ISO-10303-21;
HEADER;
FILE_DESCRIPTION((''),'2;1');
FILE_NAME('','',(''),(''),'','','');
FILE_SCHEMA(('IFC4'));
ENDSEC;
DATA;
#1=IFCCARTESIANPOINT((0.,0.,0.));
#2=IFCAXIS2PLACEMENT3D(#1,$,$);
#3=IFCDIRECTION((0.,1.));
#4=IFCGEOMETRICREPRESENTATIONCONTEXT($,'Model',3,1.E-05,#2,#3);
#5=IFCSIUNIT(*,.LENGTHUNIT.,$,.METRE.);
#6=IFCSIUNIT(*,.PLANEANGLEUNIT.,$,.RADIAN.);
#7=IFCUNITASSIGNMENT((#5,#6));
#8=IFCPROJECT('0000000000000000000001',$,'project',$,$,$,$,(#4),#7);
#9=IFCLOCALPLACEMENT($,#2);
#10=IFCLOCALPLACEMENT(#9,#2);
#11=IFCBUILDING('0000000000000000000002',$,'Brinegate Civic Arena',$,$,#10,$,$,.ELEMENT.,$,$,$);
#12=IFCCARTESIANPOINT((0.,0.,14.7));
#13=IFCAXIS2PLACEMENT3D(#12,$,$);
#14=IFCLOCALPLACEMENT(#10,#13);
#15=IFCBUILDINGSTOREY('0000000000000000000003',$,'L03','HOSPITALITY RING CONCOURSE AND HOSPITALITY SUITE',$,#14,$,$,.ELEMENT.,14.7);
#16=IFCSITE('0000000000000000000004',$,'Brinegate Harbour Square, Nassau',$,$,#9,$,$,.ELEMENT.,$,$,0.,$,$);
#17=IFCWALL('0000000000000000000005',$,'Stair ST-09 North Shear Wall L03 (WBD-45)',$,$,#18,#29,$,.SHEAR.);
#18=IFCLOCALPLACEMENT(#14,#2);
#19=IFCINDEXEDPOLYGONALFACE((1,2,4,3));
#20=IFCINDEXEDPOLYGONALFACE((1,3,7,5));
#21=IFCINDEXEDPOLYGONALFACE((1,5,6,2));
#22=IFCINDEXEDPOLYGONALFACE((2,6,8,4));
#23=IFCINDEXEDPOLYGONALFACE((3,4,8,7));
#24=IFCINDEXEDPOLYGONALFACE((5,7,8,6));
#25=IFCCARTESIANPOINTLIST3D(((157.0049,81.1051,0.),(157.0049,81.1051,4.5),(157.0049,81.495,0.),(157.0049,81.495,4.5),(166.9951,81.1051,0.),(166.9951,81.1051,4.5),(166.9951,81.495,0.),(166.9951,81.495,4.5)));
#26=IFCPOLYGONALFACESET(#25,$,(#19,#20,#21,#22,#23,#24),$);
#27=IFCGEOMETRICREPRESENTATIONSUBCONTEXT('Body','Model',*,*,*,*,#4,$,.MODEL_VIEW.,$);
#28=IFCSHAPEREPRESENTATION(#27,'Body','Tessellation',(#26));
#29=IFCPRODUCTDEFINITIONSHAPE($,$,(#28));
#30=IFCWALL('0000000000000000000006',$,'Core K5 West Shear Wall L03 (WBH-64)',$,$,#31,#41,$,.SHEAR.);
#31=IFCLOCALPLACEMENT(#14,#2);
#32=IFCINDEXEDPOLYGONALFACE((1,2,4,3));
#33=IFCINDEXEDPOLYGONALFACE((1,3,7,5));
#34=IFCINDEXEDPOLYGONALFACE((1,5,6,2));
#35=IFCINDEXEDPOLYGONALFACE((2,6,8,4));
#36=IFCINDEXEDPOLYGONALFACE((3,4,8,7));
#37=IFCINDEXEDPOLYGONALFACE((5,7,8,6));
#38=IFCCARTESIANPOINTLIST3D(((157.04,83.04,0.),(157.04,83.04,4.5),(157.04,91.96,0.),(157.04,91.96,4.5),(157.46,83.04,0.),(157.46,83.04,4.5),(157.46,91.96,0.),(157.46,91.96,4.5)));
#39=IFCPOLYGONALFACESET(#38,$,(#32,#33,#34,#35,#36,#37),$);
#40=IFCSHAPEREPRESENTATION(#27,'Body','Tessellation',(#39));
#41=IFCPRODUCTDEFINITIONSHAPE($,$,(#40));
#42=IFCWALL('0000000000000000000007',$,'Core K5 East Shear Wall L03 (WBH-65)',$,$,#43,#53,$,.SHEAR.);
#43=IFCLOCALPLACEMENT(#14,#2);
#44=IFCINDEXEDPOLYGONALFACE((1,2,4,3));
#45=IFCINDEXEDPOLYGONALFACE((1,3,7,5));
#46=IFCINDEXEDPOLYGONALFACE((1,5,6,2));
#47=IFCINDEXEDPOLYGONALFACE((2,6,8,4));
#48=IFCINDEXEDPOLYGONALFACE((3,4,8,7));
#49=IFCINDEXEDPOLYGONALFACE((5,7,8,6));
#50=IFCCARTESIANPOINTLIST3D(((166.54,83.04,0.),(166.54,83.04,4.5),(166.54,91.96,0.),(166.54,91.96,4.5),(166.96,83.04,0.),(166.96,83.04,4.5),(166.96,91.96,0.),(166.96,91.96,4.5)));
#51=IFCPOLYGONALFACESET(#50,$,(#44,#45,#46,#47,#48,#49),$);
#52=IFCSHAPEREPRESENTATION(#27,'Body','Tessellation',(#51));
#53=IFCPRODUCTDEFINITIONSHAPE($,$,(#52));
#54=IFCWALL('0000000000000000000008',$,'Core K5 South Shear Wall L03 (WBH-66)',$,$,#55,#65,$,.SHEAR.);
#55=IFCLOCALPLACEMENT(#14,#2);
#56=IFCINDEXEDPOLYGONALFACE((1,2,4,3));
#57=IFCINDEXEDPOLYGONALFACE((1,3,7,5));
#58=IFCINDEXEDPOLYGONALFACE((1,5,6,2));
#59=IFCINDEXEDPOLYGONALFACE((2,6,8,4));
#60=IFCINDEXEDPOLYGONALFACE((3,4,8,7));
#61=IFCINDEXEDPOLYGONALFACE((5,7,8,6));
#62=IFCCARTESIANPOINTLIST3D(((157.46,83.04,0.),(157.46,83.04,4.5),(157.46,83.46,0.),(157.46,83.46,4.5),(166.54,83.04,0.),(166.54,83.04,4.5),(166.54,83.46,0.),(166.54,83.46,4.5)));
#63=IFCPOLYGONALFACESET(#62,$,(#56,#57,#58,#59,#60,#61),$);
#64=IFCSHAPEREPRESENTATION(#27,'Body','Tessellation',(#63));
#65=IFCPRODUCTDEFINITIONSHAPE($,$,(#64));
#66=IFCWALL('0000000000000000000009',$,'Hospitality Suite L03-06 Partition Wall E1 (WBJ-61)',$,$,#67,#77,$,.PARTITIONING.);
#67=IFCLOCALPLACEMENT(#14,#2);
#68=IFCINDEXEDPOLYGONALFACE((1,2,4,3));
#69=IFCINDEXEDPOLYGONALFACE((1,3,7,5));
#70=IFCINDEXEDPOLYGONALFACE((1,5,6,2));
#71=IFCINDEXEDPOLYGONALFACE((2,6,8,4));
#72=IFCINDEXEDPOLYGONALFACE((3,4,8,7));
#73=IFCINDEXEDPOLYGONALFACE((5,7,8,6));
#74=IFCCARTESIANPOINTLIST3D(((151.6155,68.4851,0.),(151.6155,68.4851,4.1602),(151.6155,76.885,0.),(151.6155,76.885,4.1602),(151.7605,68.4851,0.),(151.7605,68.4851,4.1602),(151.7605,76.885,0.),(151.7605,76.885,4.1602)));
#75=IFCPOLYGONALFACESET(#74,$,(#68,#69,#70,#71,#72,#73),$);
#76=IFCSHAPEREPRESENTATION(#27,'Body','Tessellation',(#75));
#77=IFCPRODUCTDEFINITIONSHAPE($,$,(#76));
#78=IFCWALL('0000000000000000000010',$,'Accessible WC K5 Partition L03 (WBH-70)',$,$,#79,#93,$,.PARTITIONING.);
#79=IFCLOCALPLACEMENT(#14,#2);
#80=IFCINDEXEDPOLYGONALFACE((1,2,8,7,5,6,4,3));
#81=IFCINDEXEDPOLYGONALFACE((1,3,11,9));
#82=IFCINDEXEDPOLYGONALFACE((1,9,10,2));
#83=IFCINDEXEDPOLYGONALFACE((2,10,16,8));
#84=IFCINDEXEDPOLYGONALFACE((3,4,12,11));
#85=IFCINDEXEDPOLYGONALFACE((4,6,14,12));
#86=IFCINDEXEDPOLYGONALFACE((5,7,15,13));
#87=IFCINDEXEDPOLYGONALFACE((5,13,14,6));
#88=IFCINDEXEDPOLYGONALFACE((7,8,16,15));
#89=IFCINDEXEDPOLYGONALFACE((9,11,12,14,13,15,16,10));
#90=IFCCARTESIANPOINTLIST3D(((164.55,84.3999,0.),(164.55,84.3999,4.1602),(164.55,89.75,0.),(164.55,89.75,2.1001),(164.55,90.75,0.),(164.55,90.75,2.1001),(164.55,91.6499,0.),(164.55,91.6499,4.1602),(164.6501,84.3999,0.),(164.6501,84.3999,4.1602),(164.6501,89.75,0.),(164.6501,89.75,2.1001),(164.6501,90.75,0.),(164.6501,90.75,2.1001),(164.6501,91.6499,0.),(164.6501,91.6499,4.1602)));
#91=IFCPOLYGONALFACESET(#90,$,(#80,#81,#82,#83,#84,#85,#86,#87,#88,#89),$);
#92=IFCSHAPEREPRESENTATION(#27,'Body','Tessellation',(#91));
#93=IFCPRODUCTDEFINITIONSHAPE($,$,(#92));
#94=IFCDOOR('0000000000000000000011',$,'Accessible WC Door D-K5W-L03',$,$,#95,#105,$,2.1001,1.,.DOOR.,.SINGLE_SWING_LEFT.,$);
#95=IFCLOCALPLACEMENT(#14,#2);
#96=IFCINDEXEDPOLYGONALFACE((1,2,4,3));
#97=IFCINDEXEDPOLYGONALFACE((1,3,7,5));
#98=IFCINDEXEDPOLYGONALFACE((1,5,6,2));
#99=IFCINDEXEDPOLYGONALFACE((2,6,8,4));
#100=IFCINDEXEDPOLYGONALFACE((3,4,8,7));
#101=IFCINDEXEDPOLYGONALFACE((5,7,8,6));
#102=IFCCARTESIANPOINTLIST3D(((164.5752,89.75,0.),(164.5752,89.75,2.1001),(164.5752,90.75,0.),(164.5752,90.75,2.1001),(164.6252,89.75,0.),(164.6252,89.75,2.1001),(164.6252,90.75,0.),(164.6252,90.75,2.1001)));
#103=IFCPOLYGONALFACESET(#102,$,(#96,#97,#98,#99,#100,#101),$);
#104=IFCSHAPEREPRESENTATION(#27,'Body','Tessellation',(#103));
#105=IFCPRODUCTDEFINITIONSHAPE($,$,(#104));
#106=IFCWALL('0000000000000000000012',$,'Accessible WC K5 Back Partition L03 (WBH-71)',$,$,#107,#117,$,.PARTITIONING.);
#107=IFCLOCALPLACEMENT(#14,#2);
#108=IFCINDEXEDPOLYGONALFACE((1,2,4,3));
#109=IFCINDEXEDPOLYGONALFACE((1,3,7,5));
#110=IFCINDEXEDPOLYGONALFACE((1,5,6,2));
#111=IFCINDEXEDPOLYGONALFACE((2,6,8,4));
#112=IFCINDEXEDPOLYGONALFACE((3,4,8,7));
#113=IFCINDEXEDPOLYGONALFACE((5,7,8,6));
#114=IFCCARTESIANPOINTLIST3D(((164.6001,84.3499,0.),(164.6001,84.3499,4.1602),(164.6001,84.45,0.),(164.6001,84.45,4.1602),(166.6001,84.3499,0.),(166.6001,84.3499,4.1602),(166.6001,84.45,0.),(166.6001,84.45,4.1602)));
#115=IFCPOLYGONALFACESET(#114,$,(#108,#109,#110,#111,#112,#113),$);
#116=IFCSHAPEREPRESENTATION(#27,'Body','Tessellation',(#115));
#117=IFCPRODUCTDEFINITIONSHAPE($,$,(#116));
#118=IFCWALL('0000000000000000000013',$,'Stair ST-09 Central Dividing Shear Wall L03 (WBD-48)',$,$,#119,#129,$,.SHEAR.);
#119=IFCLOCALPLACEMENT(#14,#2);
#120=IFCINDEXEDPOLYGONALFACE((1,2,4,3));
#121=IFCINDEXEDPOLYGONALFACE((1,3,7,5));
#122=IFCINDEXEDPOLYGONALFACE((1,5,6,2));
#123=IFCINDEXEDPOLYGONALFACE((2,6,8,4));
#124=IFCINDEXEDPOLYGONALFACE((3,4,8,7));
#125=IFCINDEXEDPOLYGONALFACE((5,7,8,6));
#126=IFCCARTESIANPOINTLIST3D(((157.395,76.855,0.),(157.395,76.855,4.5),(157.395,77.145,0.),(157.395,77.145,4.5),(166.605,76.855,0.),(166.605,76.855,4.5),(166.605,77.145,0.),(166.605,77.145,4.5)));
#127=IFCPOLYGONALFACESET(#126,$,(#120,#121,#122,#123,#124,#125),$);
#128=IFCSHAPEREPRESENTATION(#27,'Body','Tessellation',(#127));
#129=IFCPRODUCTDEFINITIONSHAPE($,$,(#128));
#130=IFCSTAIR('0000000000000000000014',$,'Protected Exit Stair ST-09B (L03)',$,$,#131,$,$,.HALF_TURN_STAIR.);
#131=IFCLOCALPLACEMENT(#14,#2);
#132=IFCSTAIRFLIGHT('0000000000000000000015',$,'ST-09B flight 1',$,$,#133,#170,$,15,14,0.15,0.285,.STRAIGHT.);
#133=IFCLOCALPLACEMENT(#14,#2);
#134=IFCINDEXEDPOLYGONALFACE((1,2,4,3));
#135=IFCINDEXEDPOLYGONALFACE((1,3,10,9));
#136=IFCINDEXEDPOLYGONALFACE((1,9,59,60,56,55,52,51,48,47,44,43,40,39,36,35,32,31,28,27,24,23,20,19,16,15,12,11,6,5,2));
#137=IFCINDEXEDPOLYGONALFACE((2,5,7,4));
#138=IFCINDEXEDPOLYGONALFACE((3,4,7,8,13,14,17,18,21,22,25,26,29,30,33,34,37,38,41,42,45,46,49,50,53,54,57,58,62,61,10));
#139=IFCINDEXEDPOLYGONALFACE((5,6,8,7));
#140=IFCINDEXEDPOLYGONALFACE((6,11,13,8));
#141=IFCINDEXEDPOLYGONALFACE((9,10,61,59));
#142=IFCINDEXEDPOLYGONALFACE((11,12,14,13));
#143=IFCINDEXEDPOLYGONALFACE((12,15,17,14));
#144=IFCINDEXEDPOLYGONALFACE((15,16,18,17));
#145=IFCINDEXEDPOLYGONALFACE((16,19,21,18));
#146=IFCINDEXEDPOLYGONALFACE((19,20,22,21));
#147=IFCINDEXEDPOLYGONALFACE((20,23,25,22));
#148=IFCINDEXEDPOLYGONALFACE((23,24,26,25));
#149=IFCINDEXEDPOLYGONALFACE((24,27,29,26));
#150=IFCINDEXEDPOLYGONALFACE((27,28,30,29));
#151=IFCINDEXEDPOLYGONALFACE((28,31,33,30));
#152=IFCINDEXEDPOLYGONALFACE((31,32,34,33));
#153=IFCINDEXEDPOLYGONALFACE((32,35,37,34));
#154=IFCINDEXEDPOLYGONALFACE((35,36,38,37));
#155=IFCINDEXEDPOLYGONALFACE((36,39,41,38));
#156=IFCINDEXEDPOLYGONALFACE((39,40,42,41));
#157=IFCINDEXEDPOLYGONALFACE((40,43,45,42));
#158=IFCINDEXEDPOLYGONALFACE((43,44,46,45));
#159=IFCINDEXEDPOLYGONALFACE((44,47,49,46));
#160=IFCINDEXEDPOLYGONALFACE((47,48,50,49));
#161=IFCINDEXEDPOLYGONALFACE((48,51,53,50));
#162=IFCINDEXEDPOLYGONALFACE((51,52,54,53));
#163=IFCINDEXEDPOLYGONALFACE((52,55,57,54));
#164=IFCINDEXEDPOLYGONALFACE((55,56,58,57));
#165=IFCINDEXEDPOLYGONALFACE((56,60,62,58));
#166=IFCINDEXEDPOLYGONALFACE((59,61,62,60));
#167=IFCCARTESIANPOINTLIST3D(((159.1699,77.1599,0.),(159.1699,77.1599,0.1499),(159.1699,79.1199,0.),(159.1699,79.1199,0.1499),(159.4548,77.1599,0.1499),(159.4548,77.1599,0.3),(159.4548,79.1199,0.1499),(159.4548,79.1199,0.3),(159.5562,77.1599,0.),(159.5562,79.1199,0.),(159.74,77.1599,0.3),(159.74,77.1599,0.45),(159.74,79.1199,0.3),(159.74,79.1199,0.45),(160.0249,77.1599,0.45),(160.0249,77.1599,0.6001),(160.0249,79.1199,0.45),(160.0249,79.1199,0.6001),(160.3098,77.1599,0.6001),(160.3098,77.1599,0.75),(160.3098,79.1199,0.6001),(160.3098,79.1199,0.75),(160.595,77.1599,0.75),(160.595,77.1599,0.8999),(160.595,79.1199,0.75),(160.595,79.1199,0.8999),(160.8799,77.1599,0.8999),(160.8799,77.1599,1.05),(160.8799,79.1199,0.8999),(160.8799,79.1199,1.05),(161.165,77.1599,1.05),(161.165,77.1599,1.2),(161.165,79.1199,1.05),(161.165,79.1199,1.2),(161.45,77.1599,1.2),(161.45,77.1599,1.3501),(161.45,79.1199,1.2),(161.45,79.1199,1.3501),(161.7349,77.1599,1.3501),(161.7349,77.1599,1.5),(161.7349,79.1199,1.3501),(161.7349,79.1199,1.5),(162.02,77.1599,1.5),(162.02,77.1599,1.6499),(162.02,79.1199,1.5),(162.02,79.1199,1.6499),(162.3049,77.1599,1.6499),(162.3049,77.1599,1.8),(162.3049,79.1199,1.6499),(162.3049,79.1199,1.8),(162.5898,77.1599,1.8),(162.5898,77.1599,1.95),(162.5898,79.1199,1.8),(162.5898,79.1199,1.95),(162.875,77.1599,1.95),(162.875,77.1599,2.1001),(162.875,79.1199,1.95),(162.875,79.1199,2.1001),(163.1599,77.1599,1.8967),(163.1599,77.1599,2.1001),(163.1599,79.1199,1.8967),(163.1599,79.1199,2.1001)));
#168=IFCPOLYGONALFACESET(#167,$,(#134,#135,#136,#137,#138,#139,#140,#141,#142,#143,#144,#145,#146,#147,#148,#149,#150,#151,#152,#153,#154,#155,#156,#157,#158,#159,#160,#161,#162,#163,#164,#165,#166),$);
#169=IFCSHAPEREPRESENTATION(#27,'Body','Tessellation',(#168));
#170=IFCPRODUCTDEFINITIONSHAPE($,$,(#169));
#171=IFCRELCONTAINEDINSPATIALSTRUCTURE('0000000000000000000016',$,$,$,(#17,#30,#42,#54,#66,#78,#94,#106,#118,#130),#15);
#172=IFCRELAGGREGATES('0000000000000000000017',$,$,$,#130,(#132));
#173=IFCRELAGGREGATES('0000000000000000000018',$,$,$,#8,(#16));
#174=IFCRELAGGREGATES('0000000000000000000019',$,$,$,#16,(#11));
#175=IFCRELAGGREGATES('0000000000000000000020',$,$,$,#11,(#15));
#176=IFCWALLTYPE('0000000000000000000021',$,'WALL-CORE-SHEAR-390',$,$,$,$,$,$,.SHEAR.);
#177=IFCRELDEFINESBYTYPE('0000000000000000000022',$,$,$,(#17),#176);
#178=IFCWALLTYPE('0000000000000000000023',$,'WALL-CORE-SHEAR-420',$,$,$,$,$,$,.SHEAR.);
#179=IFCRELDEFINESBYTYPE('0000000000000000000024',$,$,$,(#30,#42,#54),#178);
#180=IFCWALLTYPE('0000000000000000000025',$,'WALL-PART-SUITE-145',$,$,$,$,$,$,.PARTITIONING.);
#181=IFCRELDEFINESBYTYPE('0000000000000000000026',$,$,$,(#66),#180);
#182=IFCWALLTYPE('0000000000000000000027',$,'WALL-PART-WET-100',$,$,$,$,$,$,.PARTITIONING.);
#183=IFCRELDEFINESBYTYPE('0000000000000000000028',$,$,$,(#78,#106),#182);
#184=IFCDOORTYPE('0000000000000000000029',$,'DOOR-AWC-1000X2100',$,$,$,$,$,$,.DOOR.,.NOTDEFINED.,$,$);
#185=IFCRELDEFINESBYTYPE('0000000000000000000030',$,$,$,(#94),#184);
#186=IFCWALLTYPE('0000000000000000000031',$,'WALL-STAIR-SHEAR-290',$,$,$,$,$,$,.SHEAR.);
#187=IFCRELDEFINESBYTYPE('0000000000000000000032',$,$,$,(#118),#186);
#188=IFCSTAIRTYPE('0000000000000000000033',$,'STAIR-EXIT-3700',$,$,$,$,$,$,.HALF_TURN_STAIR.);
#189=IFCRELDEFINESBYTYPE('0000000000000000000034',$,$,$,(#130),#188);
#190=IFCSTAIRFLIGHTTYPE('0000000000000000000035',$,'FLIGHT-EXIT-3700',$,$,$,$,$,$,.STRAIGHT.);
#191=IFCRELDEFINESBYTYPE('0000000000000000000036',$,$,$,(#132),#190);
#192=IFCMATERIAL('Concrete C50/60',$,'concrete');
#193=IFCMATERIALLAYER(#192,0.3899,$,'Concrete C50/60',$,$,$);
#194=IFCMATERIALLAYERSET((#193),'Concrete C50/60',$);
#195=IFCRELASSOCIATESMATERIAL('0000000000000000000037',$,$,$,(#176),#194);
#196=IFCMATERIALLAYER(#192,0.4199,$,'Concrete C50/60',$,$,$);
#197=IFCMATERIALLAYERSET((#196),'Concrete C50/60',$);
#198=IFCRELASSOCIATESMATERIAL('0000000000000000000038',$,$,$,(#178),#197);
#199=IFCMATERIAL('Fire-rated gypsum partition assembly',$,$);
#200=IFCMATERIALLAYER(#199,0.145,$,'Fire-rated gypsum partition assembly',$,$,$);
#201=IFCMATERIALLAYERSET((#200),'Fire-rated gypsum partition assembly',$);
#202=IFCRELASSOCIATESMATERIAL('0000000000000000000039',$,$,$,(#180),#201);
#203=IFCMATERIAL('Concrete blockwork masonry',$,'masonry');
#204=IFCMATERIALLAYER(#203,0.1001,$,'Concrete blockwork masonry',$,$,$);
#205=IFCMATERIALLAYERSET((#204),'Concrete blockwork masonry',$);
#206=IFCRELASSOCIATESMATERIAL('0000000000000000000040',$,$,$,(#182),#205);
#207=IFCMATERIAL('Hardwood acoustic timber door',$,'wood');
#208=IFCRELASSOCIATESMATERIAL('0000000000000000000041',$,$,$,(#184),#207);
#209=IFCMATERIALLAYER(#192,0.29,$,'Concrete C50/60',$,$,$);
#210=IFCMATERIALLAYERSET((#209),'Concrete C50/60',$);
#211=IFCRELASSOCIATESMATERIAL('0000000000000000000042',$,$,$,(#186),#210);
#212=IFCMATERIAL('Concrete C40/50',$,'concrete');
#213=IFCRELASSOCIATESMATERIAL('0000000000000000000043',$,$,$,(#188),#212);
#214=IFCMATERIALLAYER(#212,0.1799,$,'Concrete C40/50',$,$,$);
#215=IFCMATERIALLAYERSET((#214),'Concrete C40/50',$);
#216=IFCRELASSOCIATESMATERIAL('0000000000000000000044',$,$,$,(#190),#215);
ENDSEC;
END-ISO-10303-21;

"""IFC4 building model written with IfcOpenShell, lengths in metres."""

from ifc_helpers import new_model, si_unit, direction, frame, frame_2d, origin, place, context, subcontext, project, spatial, polyline, rectangle, outline, extrude, material, layer, layer_set, type_object, element, fill, aggregate, save


model = new_model("IFC4")

# Units and contexts
model_context = context("Model", 3, precision=1e-05, world=origin(), true_north=direction((0.0, 1.0)))
body_context = subcontext(model_context, "Body", "Model", "MODEL_VIEW")
ifc_project = project(units=[si_unit("LENGTHUNIT", "METRE"), si_unit("PLANEANGLEUNIT", "RADIAN")], contexts=[model_context])

# Site, building, storey
site_placement = place(None, origin())
site = spatial("IfcSite", under=ifc_project, at=site_placement, Name="Brinegate Harbour Square, Nassau", CompositionType="ELEMENT", RefElevation=0.0)
building_placement = place(site_placement, origin())
building = spatial("IfcBuilding", under=site, at=building_placement, Name="Brinegate Civic Arena", CompositionType="ELEMENT")
storey_placement = place(building_placement, frame((0.0, 0.0, 14.7)))
storey = spatial("IfcBuildingStorey", under=building, at=storey_placement, Name="L03", Description="HOSPITALITY RING CONCOURSE AND HOSPITALITY SUITE", CompositionType="ELEMENT", Elevation=14.7)

# Shared definitions
ifc_material_1 = material(Name="Concrete C50/60", Category="concrete")

# Walls
ifc_layer_1 = layer(ifc_material_1, 0.3899, Name="Concrete C50/60")
ifc_layer_set_1 = layer_set([ifc_layer_1], Name="Concrete C50/60")
wall_type_1 = type_object("IfcWallType", Name="WALL-CORE-SHEAR-390", PredefinedType="SHEAR", material=ifc_layer_set_1)
wall_1_placement = place(storey_placement, frame((157.0049, 81.3, 0.0), z_axis=(0.0, 0.0, 1.0), x_axis=(1.0, 0.0, 0.0)))
element("IfcWall", 1, at=wall_1_placement, inside=storey, type_object=wall_type_1, Name="Stair ST-09 North Shear Wall L03 (WBD-45)", PredefinedType="SHEAR", context=body_context, shape_type="SweptSolid", body=[
    extrude(rectangle(XDim=9.9902, YDim=0.3899, at=frame_2d((4.9951, 0.0))), origin(), (0.0, 0.0, 1.0), 4.5),
])
ifc_layer_2 = layer(ifc_material_1, 0.4199, Name="Concrete C50/60")
ifc_layer_set_2 = layer_set([ifc_layer_2], Name="Concrete C50/60")
wall_type_2 = type_object("IfcWallType", Name="WALL-CORE-SHEAR-420", PredefinedType="SHEAR", material=ifc_layer_set_2)
for number, where, z_axis, x_axis, name in (
    (2, (157.25, 83.04, 0.0), (0.0, 0.0, 1.0), (0.0, 1.0, 0.0), "Core K5 West Shear Wall L03 (WBH-64)"),
    (3, (166.75, 83.04, 0.0), (0.0, 0.0, 1.0), (0.0, 1.0, 0.0), "Core K5 East Shear Wall L03 (WBH-65)"),
):
    element("IfcWall", number, at=place(storey_placement, frame(where, z_axis=z_axis, x_axis=x_axis)), inside=storey, type_object=wall_type_2, Name=name, PredefinedType="SHEAR", context=body_context, shape_type="SweptSolid", body=[
        extrude(rectangle(XDim=8.9199, YDim=0.4199, at=frame_2d((4.46, 0.0))), origin(), (0.0, 0.0, 1.0), 4.5),
    ])
wall_2_placement = place(storey_placement, frame((157.46, 83.25, 0.0), z_axis=(0.0, 0.0, 1.0), x_axis=(1.0, 0.0, 0.0)))
element("IfcWall", 4, at=wall_2_placement, inside=storey, type_object=wall_type_2, Name="Core K5 South Shear Wall L03 (WBH-66)", PredefinedType="SHEAR", context=body_context, shape_type="SweptSolid", body=[
    extrude(rectangle(XDim=9.0801, YDim=0.4199, at=frame_2d((4.54, 0.0))), origin(), (0.0, 0.0, 1.0), 4.5),
])
ifc_material_2 = material(Name="Fire-rated gypsum partition assembly")
ifc_layer_3 = layer(ifc_material_2, 0.145, Name="Fire-rated gypsum partition assembly")
ifc_layer_set_3 = layer_set([ifc_layer_3], Name="Fire-rated gypsum partition assembly")
wall_type_3 = type_object("IfcWallType", Name="WALL-PART-SUITE-145", PredefinedType="PARTITIONING", material=ifc_layer_set_3)
wall_3_placement = place(storey_placement, frame((151.688, 76.885, 0.0), z_axis=(0.0, 0.0, 1.0), x_axis=(0.0, -1.0, 0.0)))
element("IfcWall", 5, at=wall_3_placement, inside=storey, type_object=wall_type_3, Name="Hospitality Suite L03-06 Partition Wall E1 (WBJ-61)", PredefinedType="PARTITIONING", context=body_context, shape_type="SweptSolid", body=[
    extrude(rectangle(XDim=8.3999, YDim=0.145, at=frame_2d((4.2, 0.0))), origin(), (0.0, 0.0, 1.0), 4.1602),
])

# Wall, opening, door
ifc_material_3 = material(Name="Concrete blockwork masonry", Category="masonry")
ifc_layer_4 = layer(ifc_material_3, 0.1001, Name="Concrete blockwork masonry")
ifc_layer_set_4 = layer_set([ifc_layer_4], Name="Concrete blockwork masonry")
wall_type_4 = type_object("IfcWallType", Name="WALL-PART-WET-100", PredefinedType="PARTITIONING", material=ifc_layer_set_4)
wall_4_placement = place(storey_placement, frame((164.6001, 84.3999, 0.0), z_axis=(0.0, 0.0, 1.0), x_axis=(0.0, 1.0, 0.0)))
wall_4 = element("IfcWall", 6, at=wall_4_placement, inside=storey, type_object=wall_type_4, Name="Accessible WC K5 Partition L03 (WBH-70)", PredefinedType="PARTITIONING", context=body_context, shape_type="SweptSolid", body=[
    extrude(rectangle(XDim=7.25, YDim=0.1001, at=frame_2d((3.625, 0.0))), origin(), (0.0, 0.0, 1.0), 4.1602),
])
opening_1_placement = place(wall_4_placement, frame((5.3501, 0.0, 0.0)))
opening_1 = element("IfcOpeningElement", 7, at=opening_1_placement, cuts=wall_4, PredefinedType="OPENING", context=body_context, shape_type="SweptSolid", body=[
    extrude(rectangle(XDim=1.0, YDim=2.1001, at=frame_2d((0.5, 1.05))), frame((0.0, 0.0601, 0.0), z_axis=(0.0, -1.0, 0.0), x_axis=(1.0, 0.0, 0.0)), (0.0, 0.0, 1.0), 0.1201),
])
ifc_material_4 = material(Name="Hardwood acoustic timber door", Category="wood")
door_type_1 = type_object("IfcDoorType", Name="DOOR-AWC-1000X2100", OperationType="NOTDEFINED", PredefinedType="DOOR", material=ifc_material_4)
door_1_placement = place(opening_1_placement, origin())
door_1 = element("IfcDoor", 8, at=door_1_placement, inside=storey, type_object=door_type_1, Name="Accessible WC Door D-K5W-L03", OperationType="SINGLE_SWING_LEFT", OverallHeight=2.1001, OverallWidth=1.0, PredefinedType="DOOR", context=body_context, shape_type="SweptSolid", body=[
    extrude(rectangle(XDim=1.0, YDim=2.1001, at=frame_2d((0.5, 1.05))), frame((0.0, 0.0249, 0.0), z_axis=(0.0, -1.0, 0.0), x_axis=(1.0, 0.0, 0.0)), (0.0, 0.0, 1.0), 0.05),
])
fill(opening_1, door_1)

# Walls
wall_5_placement = place(storey_placement, frame((164.6001, 84.3999, 0.0), z_axis=(0.0, 0.0, 1.0), x_axis=(1.0, 0.0, 0.0)))
element("IfcWall", 9, at=wall_5_placement, inside=storey, type_object=wall_type_4, Name="Accessible WC K5 Back Partition L03 (WBH-71)", PredefinedType="PARTITIONING", context=body_context, shape_type="SweptSolid", body=[
    extrude(rectangle(XDim=2.0, YDim=0.1001, at=frame_2d((1.0, 0.0))), origin(), (0.0, 0.0, 1.0), 4.1602),
])
ifc_layer_5 = layer(ifc_material_1, 0.29, Name="Concrete C50/60")
ifc_layer_set_5 = layer_set([ifc_layer_5], Name="Concrete C50/60")
wall_type_5 = type_object("IfcWallType", Name="WALL-STAIR-SHEAR-290", PredefinedType="SHEAR", material=ifc_layer_set_5)
wall_6_placement = place(storey_placement, frame((157.395, 77.0, 0.0), z_axis=(0.0, 0.0, 1.0), x_axis=(1.0, 0.0, 0.0)))
element("IfcWall", 10, at=wall_6_placement, inside=storey, type_object=wall_type_5, Name="Stair ST-09 Central Dividing Shear Wall L03 (WBD-48)", PredefinedType="SHEAR", context=body_context, shape_type="SweptSolid", body=[
    extrude(rectangle(XDim=9.21, YDim=0.29, at=frame_2d((4.605, 0.0))), origin(), (0.0, 0.0, 1.0), 4.5),
])

# Stair, stair flight
ifc_material_5 = material(Name="Concrete C40/50", Category="concrete")
stair_type = type_object("IfcStairType", Name="STAIR-EXIT-3700", PredefinedType="HALF_TURN_STAIR", material=ifc_material_5)
stair_placement = place(storey_placement, origin())
stair = element("IfcStair", 11, at=stair_placement, inside=storey, type_object=stair_type, Name="Protected Exit Stair ST-09B (L03)", PredefinedType="HALF_TURN_STAIR")
ifc_layer_6 = layer(ifc_material_5, 0.1799, Name="Concrete C40/50")
ifc_layer_set_6 = layer_set([ifc_layer_6], Name="Concrete C40/50")
stair_flight_type = type_object("IfcStairFlightType", Name="FLIGHT-EXIT-3700", PredefinedType="STRAIGHT", material=ifc_layer_set_6)
stair_flight_1_placement = place(storey_placement, frame((159.1699, 78.1399, 0.0), z_axis=(0.0, 0.0, 1.0), x_axis=(1.0, 0.0, 0.0)))
stair_flight_1 = element("IfcStairFlight", 12, at=stair_flight_1_placement, type_object=stair_flight_type, Name="ST-09B flight 1", NumberOfRisers=15, NumberOfTreads=14, PredefinedType="STRAIGHT", RiserHeight=0.15, TreadLength=0.285, context=body_context, shape_type="SweptSolid", body=[
    extrude(outline(polyline([(0.0, 0.0), (0.0, 0.1499), (0.2849, 0.1499), (0.2849, 0.3), (0.5701, 0.3), (0.5701, 0.45), (0.855, 0.45), (0.855, 0.6001), (1.1399, 0.6001), (1.1399, 0.75), (1.425, 0.75), (1.425, 0.8999), (1.71, 0.8999), (1.71, 1.05), (1.9951, 1.05), (1.9951, 1.2), (2.28, 1.2), (2.28, 1.3501), (2.5649, 1.3501), (2.5649, 1.5), (2.8501, 1.5), (2.8501, 1.6499), (3.135, 1.6499), (3.135, 1.8), (3.4199, 1.8), (3.4199, 1.95), (3.7051, 1.95), (3.7051, 2.1001), (3.99, 2.1001), (3.99, 2.25), (3.99, 1.8967), (0.3862, 0.0), (0.0, 0.0)])), frame((0.0, 0.98, 0.0), z_axis=(0.0, -1.0, 0.0), x_axis=(1.0, 0.0, 0.0)), (0.0, 0.0, 1.0), 1.96),
])
aggregate(stair, [stair_flight_1])

save(model, "model.ifc")
